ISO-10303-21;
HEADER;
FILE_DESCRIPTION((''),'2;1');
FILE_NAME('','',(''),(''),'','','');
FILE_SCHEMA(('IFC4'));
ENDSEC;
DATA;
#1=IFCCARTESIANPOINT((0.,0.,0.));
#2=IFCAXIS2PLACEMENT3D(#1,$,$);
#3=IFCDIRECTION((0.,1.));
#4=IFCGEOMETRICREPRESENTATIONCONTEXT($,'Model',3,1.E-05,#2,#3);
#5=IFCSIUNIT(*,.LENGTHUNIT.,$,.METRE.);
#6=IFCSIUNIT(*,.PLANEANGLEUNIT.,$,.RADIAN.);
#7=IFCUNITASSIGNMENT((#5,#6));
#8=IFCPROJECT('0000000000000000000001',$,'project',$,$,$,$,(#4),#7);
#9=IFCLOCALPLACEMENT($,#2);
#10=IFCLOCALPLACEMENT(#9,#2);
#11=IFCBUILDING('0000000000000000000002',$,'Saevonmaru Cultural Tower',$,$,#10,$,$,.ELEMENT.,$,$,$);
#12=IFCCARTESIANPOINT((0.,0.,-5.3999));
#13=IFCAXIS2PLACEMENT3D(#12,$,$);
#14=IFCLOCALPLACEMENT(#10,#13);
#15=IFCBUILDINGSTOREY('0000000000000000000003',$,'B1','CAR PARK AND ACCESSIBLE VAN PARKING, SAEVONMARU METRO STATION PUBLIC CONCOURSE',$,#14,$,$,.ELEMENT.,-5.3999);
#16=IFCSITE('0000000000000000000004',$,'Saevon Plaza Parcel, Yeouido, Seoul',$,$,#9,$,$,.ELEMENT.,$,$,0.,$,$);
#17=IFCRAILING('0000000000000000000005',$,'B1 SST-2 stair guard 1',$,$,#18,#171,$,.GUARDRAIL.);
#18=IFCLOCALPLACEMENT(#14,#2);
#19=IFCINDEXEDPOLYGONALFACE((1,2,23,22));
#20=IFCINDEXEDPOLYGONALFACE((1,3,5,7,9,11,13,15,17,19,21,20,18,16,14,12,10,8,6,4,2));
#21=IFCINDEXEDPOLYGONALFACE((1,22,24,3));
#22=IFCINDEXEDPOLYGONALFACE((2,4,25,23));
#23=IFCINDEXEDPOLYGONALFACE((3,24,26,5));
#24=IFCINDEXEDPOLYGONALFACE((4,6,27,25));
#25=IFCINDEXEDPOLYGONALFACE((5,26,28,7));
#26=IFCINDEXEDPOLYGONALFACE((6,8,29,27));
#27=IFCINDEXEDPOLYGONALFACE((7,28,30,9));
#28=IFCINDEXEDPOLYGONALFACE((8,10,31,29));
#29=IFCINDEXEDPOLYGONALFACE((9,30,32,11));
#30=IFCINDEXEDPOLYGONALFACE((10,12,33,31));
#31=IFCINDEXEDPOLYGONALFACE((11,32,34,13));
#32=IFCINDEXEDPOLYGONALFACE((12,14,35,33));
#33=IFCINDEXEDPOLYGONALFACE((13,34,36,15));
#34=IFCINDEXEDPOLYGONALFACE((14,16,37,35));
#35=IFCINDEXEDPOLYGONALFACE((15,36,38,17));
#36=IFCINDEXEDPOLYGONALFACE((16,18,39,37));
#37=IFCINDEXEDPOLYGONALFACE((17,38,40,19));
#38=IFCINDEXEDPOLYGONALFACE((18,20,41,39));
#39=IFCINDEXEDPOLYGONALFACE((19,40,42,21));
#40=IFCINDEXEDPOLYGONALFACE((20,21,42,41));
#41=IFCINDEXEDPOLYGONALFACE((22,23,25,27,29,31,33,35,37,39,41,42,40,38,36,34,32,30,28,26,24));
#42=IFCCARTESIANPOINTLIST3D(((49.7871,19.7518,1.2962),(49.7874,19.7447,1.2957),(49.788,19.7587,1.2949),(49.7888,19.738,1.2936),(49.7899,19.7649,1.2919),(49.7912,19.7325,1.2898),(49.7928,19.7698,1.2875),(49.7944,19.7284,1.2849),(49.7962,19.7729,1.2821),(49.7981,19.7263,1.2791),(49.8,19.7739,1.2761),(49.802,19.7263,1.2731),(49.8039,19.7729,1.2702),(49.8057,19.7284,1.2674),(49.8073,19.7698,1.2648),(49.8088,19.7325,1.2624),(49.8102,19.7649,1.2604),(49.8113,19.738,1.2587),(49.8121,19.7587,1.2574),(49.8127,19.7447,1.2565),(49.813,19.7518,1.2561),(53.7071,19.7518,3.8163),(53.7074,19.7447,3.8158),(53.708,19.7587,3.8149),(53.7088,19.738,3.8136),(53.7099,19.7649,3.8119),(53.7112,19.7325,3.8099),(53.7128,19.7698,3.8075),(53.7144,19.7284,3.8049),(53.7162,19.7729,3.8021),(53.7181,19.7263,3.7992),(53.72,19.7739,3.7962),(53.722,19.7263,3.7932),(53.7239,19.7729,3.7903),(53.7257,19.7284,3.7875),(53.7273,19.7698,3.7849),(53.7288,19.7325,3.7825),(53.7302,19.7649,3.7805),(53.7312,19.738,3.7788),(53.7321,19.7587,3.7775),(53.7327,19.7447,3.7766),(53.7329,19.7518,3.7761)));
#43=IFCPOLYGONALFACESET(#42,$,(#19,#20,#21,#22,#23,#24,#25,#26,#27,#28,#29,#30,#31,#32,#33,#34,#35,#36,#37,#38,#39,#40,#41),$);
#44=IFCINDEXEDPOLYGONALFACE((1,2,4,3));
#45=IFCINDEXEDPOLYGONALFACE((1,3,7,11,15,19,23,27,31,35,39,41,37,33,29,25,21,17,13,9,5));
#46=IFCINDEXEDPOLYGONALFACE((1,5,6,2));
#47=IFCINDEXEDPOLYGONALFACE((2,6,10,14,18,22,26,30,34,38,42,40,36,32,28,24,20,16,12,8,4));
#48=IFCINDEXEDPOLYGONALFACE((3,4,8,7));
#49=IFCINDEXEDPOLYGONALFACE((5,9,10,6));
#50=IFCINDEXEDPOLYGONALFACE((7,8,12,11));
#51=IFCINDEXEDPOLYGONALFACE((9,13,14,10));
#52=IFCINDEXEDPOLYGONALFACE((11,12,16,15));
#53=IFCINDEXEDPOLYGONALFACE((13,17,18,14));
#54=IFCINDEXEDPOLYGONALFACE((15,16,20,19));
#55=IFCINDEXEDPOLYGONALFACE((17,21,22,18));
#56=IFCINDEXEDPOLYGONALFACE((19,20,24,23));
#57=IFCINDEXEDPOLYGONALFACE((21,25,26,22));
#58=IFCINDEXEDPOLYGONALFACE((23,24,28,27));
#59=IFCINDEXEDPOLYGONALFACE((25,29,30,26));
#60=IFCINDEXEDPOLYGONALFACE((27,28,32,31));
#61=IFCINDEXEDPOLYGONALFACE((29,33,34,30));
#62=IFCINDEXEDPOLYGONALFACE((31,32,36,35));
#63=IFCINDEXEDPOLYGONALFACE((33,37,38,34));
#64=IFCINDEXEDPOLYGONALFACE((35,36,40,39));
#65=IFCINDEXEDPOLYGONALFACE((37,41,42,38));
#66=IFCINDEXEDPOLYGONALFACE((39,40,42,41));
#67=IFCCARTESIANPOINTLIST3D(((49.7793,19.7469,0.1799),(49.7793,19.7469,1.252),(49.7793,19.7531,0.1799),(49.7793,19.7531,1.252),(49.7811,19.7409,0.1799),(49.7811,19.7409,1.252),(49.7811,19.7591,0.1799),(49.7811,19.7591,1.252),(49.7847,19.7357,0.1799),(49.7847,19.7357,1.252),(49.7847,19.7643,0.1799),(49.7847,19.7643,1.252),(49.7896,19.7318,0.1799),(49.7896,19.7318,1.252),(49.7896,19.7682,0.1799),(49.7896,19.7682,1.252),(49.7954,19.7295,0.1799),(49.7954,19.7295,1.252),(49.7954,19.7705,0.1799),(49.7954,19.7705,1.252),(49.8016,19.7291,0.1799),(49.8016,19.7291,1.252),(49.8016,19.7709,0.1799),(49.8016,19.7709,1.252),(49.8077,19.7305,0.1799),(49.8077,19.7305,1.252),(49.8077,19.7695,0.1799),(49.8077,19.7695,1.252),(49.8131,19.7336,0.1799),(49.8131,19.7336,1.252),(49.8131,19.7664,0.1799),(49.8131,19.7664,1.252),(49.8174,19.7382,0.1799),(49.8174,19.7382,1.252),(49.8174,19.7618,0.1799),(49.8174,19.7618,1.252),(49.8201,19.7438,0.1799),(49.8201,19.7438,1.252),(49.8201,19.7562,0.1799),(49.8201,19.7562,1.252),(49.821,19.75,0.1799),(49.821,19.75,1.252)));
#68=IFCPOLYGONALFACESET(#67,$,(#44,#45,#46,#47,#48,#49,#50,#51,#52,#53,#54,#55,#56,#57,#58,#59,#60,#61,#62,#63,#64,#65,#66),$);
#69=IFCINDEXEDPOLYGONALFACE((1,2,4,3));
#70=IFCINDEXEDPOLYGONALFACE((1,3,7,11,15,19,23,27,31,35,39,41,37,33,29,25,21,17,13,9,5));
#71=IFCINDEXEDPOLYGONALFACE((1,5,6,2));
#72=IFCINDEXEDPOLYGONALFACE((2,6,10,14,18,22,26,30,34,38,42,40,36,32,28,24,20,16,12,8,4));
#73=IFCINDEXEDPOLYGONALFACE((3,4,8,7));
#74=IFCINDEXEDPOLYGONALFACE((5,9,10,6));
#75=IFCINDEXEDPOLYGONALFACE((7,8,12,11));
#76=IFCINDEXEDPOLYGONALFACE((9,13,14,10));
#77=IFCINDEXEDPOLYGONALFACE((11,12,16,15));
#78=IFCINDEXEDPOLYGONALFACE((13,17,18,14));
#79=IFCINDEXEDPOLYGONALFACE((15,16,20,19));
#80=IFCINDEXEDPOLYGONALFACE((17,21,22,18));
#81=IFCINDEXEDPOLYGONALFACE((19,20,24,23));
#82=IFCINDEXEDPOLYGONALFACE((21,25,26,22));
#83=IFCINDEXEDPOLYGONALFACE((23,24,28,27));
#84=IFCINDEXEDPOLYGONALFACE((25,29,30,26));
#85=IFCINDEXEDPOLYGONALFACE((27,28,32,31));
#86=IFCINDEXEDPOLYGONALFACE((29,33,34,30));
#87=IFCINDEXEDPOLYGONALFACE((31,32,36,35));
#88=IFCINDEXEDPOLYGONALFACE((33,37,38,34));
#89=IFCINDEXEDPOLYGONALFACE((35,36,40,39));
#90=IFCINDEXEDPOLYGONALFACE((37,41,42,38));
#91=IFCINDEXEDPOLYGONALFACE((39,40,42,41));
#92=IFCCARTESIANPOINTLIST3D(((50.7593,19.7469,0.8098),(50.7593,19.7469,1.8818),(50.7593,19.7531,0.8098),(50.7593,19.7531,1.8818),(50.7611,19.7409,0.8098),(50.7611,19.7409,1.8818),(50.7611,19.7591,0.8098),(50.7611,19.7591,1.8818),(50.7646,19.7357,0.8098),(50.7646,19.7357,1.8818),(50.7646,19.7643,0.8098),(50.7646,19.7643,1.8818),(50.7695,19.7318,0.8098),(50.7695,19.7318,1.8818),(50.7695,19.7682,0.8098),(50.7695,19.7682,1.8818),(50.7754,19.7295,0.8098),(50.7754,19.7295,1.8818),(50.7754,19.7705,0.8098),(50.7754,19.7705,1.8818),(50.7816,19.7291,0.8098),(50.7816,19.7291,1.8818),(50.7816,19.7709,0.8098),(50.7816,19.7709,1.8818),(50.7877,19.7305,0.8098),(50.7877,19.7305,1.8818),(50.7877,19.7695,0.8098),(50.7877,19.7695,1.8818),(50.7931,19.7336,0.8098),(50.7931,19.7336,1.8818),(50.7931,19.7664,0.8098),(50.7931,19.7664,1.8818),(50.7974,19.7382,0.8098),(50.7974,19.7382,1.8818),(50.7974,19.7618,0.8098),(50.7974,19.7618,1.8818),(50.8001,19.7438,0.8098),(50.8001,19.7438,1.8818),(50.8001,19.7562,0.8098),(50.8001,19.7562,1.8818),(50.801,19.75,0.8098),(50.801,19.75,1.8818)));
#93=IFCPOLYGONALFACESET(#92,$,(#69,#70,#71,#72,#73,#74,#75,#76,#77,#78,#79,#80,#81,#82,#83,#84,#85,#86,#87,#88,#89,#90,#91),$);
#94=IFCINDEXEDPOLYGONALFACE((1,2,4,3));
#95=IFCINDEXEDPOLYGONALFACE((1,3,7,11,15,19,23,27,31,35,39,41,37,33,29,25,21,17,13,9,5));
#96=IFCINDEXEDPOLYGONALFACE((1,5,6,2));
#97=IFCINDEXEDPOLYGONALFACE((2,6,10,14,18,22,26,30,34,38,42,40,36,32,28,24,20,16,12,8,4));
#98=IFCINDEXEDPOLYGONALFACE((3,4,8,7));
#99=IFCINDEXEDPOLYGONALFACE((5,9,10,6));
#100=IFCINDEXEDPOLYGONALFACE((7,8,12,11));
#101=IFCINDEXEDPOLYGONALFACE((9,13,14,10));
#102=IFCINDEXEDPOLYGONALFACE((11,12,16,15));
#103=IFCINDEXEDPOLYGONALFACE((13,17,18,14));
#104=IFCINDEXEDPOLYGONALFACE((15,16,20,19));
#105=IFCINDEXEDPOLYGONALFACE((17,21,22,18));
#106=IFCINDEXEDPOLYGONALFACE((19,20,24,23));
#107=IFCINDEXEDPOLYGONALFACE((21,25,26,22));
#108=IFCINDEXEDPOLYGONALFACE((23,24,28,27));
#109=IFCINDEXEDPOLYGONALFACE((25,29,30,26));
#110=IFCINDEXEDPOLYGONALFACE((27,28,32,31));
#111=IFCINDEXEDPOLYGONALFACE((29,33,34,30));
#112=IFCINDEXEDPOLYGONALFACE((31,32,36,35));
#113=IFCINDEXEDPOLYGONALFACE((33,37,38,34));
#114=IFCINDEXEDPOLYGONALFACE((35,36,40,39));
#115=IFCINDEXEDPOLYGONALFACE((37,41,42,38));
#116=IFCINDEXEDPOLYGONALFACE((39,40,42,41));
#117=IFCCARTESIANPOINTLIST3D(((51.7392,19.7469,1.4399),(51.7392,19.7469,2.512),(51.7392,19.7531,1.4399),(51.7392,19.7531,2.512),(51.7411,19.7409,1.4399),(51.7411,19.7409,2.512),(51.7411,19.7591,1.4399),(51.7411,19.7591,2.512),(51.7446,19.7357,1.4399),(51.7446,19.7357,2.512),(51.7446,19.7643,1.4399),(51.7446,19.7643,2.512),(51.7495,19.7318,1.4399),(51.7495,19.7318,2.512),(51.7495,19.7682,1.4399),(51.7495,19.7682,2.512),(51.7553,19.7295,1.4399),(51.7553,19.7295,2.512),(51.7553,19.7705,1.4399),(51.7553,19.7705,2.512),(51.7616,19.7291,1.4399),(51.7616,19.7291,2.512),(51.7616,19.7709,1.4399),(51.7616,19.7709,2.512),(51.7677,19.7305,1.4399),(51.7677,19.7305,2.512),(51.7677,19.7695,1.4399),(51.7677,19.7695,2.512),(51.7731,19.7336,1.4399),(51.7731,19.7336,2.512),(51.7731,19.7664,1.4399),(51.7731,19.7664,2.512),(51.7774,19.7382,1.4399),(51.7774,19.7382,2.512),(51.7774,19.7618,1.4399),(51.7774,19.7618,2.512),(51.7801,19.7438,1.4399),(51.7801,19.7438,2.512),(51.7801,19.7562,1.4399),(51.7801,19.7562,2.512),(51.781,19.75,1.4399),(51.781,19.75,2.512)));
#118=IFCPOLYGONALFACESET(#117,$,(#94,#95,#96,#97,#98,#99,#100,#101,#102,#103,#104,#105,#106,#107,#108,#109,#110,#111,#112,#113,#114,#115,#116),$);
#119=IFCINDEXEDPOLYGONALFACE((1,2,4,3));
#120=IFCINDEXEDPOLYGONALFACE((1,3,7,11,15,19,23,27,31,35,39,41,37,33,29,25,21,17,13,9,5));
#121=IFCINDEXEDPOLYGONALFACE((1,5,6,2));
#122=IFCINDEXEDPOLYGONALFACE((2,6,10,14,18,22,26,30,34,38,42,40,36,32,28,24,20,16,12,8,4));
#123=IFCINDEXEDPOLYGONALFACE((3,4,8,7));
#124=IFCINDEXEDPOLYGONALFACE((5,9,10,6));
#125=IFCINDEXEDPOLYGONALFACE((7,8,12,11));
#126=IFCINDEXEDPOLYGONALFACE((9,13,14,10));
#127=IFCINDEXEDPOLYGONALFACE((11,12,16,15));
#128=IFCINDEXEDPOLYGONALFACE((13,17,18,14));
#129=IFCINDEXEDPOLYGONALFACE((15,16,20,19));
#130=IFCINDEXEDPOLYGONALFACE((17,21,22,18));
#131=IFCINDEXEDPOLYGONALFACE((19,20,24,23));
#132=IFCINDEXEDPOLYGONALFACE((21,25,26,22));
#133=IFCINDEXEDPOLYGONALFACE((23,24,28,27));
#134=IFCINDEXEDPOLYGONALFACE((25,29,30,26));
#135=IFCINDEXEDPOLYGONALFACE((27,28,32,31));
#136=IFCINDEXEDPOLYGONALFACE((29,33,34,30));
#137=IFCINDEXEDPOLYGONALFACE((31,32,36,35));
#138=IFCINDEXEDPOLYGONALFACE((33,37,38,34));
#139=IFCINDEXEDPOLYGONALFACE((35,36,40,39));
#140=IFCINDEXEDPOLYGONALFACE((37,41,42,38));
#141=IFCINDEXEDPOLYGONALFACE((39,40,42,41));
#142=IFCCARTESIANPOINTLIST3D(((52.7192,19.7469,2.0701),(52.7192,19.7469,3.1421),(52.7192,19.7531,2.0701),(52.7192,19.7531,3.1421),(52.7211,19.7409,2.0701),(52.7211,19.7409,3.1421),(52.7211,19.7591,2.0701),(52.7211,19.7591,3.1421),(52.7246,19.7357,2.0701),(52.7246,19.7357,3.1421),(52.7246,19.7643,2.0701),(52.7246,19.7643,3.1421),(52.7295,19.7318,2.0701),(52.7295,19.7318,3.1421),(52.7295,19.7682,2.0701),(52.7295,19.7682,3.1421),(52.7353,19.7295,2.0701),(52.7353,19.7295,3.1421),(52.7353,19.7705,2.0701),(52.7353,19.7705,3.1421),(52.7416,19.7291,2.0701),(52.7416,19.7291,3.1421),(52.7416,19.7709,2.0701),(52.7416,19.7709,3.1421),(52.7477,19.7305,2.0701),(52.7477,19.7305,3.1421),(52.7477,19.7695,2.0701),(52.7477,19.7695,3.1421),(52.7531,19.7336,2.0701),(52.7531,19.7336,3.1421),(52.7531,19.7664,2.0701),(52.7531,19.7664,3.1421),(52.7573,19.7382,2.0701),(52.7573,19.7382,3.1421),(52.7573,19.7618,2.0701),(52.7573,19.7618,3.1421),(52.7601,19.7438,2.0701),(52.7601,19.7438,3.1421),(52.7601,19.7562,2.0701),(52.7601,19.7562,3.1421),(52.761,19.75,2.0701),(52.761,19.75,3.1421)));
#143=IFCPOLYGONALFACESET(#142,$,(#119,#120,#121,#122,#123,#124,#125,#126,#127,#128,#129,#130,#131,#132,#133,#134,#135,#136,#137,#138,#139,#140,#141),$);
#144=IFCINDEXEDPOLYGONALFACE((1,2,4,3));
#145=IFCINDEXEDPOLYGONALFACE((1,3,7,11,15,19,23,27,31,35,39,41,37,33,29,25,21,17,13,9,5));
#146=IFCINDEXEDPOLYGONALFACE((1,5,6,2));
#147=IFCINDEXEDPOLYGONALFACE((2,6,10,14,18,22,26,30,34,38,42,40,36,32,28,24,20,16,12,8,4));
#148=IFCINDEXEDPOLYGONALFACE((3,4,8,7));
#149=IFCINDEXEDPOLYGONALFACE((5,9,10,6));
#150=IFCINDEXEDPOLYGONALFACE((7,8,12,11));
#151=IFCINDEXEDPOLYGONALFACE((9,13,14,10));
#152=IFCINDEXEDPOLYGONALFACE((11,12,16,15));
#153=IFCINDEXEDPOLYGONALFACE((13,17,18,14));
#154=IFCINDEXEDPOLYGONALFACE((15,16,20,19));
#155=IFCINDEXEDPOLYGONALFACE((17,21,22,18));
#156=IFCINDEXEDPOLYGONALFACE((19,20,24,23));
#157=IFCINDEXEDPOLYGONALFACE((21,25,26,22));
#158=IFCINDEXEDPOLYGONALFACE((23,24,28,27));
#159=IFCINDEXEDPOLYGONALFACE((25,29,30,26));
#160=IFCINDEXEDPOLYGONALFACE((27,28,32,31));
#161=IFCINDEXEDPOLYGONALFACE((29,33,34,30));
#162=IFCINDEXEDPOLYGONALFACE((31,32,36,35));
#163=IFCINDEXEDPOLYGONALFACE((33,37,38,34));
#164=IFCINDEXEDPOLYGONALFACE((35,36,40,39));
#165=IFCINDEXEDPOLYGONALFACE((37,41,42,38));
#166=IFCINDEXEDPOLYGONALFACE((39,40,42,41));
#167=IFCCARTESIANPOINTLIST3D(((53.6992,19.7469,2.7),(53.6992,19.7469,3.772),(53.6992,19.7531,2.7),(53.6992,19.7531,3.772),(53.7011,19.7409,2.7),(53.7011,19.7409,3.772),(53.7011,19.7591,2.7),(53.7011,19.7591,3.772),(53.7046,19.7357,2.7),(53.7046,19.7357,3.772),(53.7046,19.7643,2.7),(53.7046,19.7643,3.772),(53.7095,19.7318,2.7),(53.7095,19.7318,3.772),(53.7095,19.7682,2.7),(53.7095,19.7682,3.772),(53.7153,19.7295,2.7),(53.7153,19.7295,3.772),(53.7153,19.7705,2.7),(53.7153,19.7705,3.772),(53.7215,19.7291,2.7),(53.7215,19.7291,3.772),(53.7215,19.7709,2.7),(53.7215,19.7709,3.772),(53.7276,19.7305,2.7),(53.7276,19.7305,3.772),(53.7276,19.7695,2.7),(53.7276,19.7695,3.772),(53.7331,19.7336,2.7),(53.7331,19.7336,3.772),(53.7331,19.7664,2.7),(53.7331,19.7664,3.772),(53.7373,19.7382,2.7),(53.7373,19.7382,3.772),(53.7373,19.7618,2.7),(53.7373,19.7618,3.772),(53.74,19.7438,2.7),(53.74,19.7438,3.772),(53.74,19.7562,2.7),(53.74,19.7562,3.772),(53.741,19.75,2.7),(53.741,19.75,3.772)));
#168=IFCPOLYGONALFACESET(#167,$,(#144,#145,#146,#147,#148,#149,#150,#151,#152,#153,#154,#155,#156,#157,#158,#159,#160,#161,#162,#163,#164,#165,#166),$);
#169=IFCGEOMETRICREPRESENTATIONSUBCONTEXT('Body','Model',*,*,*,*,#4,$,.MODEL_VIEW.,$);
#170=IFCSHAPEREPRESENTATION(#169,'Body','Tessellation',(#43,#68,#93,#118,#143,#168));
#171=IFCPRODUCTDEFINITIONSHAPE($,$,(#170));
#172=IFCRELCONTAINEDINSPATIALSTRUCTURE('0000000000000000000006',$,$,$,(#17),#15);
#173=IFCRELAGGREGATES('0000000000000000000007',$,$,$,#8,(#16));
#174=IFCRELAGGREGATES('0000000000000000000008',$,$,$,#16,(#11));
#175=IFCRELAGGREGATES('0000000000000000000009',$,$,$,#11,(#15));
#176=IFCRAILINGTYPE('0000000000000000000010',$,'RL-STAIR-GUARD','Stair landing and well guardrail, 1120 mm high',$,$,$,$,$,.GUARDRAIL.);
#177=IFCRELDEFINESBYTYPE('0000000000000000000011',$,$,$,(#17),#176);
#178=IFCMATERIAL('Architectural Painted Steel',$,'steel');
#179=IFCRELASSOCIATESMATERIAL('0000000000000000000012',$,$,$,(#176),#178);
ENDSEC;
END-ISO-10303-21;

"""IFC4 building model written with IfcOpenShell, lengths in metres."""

from ifc_helpers import new_model, si_unit, direction, frame, origin, origin_2d, place, context, subcontext, project, spatial, circle, extrude, material, type_object, element, save


model = new_model("IFC4")

# Units and contexts
model_context = context("Model", 3, precision=1e-05, world=origin(), true_north=direction((0.0, 1.0)))
body_context = subcontext(model_context, "Body", "Model", "MODEL_VIEW")
ifc_project = project(units=[si_unit("LENGTHUNIT", "METRE"), si_unit("PLANEANGLEUNIT", "RADIAN")], contexts=[model_context])

# Site, building, storey
site_placement = place(None, origin())
site = spatial("IfcSite", under=ifc_project, at=site_placement, Name="Saevon Plaza Parcel, Yeouido, Seoul", CompositionType="ELEMENT", RefElevation=0.0)
building_placement = place(site_placement, origin())
building = spatial("IfcBuilding", under=site, at=building_placement, Name="Saevonmaru Cultural Tower", CompositionType="ELEMENT")
storey_placement = place(building_placement, frame((0.0, 0.0, -5.3999)))
storey = spatial("IfcBuildingStorey", under=building, at=storey_placement, Name="B1", Description="CAR PARK AND ACCESSIBLE VAN PARKING, SAEVONMARU METRO STATION PUBLIC CONCOURSE", CompositionType="ELEMENT", Elevation=-5.3999)

# Railing
ifc_material_1 = material(Name="Architectural Painted Steel", Category="steel")
railing_type_1 = type_object("IfcRailingType", Name="RL-STAIR-GUARD", Description="Stair landing and well guardrail, 1120 mm high", PredefinedType="GUARDRAIL", material=ifc_material_1)
railing_1_placement = place(storey_placement, frame((49.8, 19.75, 0.1799)))
element("IfcRailing", 1, at=railing_1_placement, inside=storey, type_object=railing_type_1, Name="B1 SST-2 stair guard 1", PredefinedType="GUARDRAIL", context=body_context, shape_type="SweptSolid", body=[
    extrude(circle(Radius=0.0239, at=origin_2d()), frame((0.0, 0.0, 1.0962), z_axis=(0.841172, 0.0, 0.540768), x_axis=(0.0, 1.0, 0.0)), (0.0, 0.0, 1.0), 4.6602),
    extrude(circle(Radius=0.021, at=origin_2d()), origin(), (0.0, 0.0, 1.0), 1.072),
    extrude(circle(Radius=0.021, at=origin_2d()), frame((0.98, 0.0, 0.6299)), (0.0, 0.0, 1.0), 1.072),
    extrude(circle(Radius=0.021, at=origin_2d()), frame((1.96, 0.0, 1.26)), (0.0, 0.0, 1.0), 1.072),
    extrude(circle(Radius=0.021, at=origin_2d()), frame((2.9399, 0.0, 1.8901)), (0.0, 0.0, 1.0), 1.072),
    extrude(circle(Radius=0.021, at=origin_2d()), frame((3.9199, 0.0, 2.52)), (0.0, 0.0, 1.0), 1.072),
])

save(model, "model.ifc")
